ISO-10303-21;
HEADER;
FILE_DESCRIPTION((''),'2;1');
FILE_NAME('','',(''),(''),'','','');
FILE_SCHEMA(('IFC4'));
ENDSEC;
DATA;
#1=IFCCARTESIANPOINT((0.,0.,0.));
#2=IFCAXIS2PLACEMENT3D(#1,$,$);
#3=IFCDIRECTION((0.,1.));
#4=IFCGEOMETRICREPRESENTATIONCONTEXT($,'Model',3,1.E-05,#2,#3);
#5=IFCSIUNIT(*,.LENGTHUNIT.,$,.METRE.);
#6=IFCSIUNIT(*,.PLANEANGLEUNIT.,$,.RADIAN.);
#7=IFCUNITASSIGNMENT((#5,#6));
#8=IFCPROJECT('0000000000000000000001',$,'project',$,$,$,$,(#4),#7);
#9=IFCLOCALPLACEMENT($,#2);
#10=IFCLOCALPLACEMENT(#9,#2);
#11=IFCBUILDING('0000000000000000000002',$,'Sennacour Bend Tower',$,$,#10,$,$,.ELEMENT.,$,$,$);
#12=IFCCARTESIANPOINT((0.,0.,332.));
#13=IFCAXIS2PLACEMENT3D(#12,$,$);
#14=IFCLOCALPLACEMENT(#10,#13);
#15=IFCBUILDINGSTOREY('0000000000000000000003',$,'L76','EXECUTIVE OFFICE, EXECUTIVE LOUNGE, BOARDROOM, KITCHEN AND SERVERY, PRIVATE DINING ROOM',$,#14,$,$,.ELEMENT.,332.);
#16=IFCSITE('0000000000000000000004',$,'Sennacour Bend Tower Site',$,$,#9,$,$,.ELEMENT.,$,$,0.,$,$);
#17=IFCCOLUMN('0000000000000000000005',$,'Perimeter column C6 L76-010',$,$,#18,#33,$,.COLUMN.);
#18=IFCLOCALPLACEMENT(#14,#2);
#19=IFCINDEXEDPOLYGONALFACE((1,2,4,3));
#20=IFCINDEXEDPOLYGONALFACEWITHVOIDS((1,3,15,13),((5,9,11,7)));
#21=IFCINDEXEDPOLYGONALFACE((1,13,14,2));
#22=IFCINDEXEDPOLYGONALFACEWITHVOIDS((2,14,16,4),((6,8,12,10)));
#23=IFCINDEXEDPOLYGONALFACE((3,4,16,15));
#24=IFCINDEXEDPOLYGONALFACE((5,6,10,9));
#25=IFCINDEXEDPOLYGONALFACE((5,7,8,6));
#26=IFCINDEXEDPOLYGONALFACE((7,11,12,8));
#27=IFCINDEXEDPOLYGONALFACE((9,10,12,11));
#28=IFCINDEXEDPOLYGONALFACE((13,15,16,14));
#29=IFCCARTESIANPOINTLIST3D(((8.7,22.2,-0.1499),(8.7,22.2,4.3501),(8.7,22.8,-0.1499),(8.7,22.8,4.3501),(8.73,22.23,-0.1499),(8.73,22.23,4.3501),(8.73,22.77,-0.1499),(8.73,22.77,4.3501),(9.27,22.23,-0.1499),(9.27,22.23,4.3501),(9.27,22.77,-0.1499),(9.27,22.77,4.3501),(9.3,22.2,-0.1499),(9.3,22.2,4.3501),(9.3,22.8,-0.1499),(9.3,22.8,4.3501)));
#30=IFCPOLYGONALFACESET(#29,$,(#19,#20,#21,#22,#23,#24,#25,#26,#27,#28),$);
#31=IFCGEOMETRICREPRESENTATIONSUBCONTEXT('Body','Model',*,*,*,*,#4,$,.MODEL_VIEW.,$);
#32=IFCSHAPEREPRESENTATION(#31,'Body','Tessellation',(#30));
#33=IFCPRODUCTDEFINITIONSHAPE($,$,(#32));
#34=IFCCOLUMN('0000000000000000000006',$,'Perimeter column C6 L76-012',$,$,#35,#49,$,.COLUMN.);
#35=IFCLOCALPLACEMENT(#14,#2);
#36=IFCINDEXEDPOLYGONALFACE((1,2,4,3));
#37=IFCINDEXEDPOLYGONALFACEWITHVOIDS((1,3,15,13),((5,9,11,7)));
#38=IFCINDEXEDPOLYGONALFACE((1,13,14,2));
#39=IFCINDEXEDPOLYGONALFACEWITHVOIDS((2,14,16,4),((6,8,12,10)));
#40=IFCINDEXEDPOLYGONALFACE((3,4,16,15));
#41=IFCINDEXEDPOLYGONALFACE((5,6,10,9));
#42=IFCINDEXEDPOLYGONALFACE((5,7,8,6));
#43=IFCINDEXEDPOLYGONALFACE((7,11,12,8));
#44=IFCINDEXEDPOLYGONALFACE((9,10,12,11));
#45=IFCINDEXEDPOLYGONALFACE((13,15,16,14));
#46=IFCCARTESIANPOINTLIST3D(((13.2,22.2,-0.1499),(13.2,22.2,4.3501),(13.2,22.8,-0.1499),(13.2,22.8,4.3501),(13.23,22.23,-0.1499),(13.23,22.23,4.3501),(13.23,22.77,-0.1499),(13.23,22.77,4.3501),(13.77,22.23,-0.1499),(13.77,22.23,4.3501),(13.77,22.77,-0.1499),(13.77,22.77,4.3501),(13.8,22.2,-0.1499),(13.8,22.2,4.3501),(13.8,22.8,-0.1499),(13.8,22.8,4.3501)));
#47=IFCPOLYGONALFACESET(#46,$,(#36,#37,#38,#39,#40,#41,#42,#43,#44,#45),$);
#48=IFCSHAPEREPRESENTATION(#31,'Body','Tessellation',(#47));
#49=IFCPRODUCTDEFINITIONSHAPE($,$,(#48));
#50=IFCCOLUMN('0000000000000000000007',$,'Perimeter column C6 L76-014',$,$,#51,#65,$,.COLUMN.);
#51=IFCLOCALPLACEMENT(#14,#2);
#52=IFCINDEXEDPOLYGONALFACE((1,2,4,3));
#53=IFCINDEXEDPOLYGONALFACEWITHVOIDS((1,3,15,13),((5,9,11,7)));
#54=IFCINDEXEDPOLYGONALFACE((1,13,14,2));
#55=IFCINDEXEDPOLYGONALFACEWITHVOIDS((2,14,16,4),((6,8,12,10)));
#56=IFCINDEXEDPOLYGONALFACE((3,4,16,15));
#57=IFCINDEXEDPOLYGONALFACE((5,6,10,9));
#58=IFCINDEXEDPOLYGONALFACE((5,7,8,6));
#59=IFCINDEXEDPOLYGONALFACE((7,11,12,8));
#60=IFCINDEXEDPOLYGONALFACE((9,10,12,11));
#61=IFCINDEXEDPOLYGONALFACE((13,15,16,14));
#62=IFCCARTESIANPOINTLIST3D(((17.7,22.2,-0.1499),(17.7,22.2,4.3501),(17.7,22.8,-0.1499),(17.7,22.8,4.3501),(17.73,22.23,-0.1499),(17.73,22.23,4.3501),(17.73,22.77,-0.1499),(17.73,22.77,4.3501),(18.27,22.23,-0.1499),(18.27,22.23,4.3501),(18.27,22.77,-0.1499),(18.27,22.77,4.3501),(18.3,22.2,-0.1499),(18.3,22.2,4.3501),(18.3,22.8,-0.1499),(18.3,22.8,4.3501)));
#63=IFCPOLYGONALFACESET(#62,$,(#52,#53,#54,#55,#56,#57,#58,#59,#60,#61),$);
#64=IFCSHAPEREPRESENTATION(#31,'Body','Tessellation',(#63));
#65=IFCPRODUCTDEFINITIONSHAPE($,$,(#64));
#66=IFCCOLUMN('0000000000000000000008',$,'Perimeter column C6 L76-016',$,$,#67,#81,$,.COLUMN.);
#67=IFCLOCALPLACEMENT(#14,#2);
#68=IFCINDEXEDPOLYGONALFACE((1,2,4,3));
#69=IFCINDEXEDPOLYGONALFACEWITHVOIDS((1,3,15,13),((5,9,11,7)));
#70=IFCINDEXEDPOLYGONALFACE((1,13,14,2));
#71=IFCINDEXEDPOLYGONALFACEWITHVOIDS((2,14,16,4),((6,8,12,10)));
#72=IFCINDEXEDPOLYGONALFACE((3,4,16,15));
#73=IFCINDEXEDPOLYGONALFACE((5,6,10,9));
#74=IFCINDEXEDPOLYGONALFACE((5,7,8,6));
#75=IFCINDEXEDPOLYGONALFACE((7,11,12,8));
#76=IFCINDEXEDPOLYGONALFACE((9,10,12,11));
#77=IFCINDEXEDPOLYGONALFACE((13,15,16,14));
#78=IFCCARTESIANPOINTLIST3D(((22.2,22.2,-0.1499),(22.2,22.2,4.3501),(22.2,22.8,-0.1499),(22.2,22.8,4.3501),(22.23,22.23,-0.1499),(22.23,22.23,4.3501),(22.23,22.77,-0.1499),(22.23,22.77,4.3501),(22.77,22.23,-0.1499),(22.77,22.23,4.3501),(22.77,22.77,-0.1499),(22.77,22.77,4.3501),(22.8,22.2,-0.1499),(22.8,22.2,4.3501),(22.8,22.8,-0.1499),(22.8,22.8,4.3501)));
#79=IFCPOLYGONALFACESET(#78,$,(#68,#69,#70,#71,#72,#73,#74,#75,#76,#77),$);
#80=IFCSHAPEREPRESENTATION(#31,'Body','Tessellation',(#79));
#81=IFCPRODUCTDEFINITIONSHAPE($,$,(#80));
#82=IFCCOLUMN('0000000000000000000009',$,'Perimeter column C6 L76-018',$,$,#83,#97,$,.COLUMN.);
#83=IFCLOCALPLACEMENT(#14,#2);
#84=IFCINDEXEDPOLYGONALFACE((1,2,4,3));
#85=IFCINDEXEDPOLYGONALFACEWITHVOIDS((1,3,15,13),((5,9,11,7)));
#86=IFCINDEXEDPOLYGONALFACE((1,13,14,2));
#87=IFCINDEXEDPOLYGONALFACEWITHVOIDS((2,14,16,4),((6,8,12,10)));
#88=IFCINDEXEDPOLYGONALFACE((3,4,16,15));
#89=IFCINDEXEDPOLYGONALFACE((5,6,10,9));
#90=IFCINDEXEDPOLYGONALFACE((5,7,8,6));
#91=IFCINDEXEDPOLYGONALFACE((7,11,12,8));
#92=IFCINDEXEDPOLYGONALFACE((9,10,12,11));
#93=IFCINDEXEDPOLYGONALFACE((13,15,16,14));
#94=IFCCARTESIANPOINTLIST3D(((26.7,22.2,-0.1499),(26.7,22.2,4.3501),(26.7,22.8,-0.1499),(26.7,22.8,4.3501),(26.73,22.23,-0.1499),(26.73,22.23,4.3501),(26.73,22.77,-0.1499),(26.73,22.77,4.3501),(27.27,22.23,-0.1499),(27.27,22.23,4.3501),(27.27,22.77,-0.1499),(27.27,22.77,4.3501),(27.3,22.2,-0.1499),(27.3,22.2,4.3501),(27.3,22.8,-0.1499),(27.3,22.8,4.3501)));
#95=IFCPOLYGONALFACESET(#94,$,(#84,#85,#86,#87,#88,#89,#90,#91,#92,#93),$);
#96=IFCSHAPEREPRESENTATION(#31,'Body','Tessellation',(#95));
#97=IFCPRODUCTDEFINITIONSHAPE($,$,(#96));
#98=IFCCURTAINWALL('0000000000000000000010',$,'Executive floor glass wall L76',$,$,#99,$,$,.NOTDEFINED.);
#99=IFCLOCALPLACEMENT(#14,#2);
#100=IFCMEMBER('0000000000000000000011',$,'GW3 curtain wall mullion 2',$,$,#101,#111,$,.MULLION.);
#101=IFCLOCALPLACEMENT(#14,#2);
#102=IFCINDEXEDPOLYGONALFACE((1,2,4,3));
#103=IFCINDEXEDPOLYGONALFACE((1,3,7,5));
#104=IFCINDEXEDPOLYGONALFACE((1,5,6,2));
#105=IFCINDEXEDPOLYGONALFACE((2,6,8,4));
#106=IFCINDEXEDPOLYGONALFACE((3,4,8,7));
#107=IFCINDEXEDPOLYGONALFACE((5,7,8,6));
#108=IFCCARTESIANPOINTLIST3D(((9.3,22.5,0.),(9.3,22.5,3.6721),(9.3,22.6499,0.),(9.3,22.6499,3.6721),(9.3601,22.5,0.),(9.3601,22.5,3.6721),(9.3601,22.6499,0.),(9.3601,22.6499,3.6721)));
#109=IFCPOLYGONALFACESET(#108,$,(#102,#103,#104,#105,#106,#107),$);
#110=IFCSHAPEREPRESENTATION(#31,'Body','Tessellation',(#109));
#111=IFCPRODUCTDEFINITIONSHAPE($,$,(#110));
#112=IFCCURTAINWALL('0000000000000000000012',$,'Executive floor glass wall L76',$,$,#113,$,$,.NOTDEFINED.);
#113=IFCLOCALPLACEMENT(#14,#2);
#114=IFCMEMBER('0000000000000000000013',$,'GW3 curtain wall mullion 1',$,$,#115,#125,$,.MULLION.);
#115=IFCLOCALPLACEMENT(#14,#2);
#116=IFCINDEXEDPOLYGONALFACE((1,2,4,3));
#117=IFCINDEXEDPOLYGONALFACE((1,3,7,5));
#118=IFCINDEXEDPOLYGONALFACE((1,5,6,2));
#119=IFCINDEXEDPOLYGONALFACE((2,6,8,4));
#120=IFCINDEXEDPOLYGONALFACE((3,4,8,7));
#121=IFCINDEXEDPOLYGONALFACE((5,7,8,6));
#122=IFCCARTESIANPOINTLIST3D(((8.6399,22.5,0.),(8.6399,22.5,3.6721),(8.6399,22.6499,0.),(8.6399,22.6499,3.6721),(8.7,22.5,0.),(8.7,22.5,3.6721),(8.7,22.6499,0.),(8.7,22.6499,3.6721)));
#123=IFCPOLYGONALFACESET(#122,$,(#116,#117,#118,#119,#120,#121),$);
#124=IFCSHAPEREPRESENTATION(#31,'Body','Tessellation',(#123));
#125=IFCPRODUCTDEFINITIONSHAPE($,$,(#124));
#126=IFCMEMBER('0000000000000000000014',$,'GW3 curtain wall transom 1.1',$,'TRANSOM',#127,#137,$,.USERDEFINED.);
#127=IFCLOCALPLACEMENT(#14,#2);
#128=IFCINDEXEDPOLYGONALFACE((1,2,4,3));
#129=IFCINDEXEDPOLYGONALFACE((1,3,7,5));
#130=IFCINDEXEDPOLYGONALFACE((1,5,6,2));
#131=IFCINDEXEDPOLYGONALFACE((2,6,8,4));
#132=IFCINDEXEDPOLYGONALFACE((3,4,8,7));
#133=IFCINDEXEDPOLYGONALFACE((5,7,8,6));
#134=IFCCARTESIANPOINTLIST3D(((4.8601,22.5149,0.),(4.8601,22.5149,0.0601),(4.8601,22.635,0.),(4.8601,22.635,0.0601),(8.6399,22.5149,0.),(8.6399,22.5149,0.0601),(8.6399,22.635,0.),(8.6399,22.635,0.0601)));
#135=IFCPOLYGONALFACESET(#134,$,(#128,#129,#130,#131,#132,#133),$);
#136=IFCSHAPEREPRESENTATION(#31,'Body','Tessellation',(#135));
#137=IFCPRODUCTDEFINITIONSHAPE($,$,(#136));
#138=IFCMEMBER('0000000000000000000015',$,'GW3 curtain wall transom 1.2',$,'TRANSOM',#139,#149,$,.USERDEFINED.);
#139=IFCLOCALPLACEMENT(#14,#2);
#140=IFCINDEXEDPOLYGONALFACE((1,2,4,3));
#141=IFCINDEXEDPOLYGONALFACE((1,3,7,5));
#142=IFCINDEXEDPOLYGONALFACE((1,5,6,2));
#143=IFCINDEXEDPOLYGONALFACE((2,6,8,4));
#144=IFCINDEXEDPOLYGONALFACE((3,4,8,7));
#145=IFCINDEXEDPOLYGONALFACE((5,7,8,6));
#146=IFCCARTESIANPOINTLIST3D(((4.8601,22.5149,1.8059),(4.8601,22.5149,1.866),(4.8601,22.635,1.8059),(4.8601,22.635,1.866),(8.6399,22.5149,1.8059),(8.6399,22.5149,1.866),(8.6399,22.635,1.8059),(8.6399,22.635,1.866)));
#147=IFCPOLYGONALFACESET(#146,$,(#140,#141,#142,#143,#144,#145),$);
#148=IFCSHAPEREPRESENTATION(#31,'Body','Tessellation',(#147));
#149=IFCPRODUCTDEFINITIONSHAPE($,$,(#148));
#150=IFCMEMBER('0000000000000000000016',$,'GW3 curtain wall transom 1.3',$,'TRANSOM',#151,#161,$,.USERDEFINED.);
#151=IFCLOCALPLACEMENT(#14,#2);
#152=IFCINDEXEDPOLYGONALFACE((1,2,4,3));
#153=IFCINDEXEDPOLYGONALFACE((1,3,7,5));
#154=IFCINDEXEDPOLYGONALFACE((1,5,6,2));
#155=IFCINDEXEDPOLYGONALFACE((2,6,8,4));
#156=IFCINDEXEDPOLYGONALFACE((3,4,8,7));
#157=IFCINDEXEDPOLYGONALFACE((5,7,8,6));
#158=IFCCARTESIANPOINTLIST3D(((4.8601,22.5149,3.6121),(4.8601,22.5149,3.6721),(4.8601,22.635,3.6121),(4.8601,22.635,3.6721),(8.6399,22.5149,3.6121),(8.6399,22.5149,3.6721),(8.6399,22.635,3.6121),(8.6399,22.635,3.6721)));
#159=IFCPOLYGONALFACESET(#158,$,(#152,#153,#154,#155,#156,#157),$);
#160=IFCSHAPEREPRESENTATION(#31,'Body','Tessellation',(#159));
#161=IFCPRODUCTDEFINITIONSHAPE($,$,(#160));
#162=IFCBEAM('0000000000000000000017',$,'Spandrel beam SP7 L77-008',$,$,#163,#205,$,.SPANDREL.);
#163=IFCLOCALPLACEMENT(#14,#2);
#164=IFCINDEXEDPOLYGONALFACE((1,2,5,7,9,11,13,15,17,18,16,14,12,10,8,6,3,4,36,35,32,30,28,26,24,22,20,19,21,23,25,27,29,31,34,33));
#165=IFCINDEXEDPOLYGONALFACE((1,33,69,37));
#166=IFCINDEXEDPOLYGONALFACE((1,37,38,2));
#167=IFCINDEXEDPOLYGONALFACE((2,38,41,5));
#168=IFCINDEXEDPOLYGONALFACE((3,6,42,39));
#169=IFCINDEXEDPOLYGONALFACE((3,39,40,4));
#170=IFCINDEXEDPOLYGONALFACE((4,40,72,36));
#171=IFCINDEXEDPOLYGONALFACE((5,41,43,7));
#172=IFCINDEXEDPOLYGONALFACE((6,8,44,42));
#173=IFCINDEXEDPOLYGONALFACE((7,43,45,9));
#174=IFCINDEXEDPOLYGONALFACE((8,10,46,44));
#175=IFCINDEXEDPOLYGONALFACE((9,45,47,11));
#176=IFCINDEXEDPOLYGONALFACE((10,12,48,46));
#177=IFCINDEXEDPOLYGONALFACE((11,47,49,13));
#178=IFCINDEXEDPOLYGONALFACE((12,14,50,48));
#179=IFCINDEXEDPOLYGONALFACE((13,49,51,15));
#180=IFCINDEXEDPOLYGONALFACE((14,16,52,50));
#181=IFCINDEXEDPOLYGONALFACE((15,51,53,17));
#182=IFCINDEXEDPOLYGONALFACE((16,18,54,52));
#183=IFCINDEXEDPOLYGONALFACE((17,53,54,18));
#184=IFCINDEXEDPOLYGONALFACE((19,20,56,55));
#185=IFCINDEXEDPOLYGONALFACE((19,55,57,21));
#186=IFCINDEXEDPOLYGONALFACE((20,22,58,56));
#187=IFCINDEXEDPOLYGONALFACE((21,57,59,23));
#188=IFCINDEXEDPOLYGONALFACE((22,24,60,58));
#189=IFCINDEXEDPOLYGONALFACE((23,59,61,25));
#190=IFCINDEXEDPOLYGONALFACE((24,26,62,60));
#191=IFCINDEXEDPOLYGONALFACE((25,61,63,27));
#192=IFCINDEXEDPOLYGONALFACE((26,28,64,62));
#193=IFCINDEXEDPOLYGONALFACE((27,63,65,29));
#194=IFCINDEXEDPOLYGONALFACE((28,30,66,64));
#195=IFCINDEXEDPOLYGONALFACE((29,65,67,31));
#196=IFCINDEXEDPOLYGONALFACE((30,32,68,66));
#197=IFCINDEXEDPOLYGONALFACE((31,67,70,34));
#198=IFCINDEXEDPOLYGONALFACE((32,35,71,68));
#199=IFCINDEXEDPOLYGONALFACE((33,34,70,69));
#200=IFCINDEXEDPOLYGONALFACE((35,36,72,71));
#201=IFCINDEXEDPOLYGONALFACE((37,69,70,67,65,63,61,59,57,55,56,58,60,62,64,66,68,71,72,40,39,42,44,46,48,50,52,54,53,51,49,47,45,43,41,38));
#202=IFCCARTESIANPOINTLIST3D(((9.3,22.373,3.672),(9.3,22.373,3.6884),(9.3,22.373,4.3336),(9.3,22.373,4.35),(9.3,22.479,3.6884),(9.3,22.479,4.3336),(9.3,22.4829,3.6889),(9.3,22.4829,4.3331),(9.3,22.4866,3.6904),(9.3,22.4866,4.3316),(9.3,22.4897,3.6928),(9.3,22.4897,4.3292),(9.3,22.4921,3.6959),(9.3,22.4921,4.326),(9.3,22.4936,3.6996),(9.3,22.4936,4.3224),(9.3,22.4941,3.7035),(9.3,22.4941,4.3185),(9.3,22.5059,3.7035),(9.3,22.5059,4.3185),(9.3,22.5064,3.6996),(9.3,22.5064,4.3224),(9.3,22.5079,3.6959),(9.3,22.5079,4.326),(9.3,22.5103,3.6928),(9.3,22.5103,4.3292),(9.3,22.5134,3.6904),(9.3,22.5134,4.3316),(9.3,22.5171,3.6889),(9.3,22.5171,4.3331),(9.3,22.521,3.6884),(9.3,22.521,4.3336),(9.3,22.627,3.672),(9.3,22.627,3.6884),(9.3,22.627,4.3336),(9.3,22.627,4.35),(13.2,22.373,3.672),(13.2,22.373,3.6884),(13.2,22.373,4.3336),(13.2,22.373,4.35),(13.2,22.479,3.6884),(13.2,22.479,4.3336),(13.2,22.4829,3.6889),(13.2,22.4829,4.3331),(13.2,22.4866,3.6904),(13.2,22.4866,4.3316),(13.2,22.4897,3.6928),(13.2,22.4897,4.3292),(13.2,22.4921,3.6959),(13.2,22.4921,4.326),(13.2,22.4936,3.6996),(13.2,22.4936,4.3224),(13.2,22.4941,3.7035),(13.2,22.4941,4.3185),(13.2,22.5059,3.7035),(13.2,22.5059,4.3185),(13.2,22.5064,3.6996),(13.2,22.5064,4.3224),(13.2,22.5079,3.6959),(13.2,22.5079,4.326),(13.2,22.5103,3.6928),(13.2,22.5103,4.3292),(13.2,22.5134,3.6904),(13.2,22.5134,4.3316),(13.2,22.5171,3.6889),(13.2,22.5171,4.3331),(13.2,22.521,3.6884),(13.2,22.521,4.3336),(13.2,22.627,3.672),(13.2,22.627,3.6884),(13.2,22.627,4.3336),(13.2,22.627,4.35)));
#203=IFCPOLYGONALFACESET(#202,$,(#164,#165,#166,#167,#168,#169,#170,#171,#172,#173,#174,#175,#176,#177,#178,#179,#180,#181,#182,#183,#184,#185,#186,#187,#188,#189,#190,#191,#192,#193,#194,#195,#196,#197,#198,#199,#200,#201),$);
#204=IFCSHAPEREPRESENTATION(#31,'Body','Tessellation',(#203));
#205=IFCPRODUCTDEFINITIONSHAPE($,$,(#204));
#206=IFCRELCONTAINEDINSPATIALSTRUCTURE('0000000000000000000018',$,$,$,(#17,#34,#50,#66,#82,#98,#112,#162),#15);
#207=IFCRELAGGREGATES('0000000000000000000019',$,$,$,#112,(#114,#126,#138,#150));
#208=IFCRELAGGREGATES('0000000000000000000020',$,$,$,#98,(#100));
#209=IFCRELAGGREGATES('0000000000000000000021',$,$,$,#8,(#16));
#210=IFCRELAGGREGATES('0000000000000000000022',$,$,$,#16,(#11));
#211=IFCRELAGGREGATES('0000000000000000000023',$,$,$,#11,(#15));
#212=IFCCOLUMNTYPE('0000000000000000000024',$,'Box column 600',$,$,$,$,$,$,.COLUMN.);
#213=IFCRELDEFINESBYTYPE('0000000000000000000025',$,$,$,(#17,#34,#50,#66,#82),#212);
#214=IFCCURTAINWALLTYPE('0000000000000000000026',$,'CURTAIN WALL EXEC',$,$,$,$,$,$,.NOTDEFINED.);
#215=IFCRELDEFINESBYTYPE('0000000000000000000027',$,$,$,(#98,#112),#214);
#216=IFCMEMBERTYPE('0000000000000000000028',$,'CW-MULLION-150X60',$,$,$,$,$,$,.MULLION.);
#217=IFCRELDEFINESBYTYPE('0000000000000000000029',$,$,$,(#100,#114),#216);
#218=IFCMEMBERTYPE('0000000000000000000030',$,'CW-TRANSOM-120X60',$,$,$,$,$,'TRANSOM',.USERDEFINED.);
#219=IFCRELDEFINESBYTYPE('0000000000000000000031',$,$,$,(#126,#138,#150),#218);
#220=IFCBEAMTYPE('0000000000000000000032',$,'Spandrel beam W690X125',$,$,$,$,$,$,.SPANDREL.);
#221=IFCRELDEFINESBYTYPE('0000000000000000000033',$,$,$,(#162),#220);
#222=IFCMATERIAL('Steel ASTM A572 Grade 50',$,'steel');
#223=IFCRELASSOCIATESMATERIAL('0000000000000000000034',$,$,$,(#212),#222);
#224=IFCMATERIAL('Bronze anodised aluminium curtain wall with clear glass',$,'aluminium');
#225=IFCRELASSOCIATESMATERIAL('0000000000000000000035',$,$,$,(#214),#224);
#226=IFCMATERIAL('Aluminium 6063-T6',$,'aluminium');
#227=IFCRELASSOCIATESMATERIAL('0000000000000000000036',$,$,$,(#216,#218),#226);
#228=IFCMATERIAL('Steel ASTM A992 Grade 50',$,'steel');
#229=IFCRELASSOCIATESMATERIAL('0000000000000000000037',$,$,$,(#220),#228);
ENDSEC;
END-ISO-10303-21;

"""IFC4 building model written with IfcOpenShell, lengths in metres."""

from ifc_helpers import new_model, si_unit, direction, frame, origin, origin_2d, place, context, subcontext, project, spatial, rectangle, hollow_rectangle, i_section, extrude, material, material_profile, profile_set, type_object, element, aggregate, save


model = new_model("IFC4")

# Units and contexts
model_context = context("Model", 3, precision=1e-05, world=origin(), true_north=direction((0.0, 1.0)))
body_context = subcontext(model_context, "Body", "Model", "MODEL_VIEW")
ifc_project = project(units=[si_unit("LENGTHUNIT", "METRE"), si_unit("PLANEANGLEUNIT", "RADIAN")], contexts=[model_context])

# Site, building, storey
site_placement = place(None, origin())
site = spatial("IfcSite", under=ifc_project, at=site_placement, Name="Sennacour Bend Tower Site", CompositionType="ELEMENT", RefElevation=0.0)
building_placement = place(site_placement, origin())
building = spatial("IfcBuilding", under=site, at=building_placement, Name="Sennacour Bend Tower", CompositionType="ELEMENT")
storey_placement = place(building_placement, frame((0.0, 0.0, 332.0)))
storey = spatial("IfcBuildingStorey", under=building, at=storey_placement, Name="L76", Description="EXECUTIVE OFFICE, EXECUTIVE LOUNGE, BOARDROOM, KITCHEN AND SERVERY, PRIVATE DINING ROOM", CompositionType="ELEMENT", Elevation=332.0)

# Columns
ifc_material_1 = material(Name="Steel ASTM A572 Grade 50", Category="steel")
ifc_material_profile_1 = material_profile(ifc_material_1, hollow_rectangle(XDim=0.6001, YDim=0.6001, WallThickness=0.03, at=origin_2d()), Name="Steel ASTM A572 Grade 50", Category="steel")
ifc_profile_set_1 = profile_set([ifc_material_profile_1], Name="Steel ASTM A572 Grade 50")
column_type = type_object("IfcColumnType", Name="Box column 600", PredefinedType="COLUMN", material=ifc_profile_set_1)
for number, where, z_axis, x_axis, name in (
    (1, (9.0, 22.5, -0.1499), (0.0, 0.0, 1.0), (1.0, 0.0, 0.0), "Perimeter column C6 L76-010"),
    (2, (13.5, 22.5, -0.1499), (0.0, 0.0, 1.0), (1.0, 0.0, 0.0), "Perimeter column C6 L76-012"),
    (3, (18.0, 22.5, -0.1499), (0.0, 0.0, 1.0), (1.0, 0.0, 0.0), "Perimeter column C6 L76-014"),
    (4, (22.5, 22.5, -0.1499), (0.0, 0.0, 1.0), (1.0, 0.0, 0.0), "Perimeter column C6 L76-016"),
    (5, (27.0, 22.5, -0.1499), (0.0, 0.0, 1.0), (1.0, 0.0, 0.0), "Perimeter column C6 L76-018"),
):
    element("IfcColumn", number, at=place(storey_placement, frame(where, z_axis=z_axis, x_axis=x_axis)), inside=storey, type_object=column_type, Name=name, PredefinedType="COLUMN", context=body_context, shape_type="SweptSolid", body=[
        extrude(hollow_rectangle(XDim=0.6001, YDim=0.6001, WallThickness=0.03, at=origin_2d()), origin(), (0.0, 0.0, 1.0), 4.5),
    ])

# Curtain wall, member
ifc_material_2 = material(Name="Bronze anodised aluminium curtain wall with clear glass", Category="aluminium")
curtain_wall_type = type_object("IfcCurtainWallType", Name="CURTAIN WALL EXEC", PredefinedType="NOTDEFINED", material=ifc_material_2)
curtain_wall_1_placement = place(storey_placement, origin())
curtain_wall_1 = element("IfcCurtainWall", 6, at=curtain_wall_1_placement, inside=storey, type_object=curtain_wall_type, Name="Executive floor glass wall L76", PredefinedType="NOTDEFINED")
ifc_material_3 = material(Name="Aluminium 6063-T6", Category="aluminium")
ifc_material_profile_2 = material_profile(ifc_material_3, rectangle(XDim=0.1499, YDim=0.0601, at=origin_2d()), Name="Aluminium 6063-T6", Category="aluminium")
ifc_profile_set_2 = profile_set([ifc_material_profile_2], Name="Aluminium 6063-T6")
member_type_1 = type_object("IfcMemberType", Name="CW-MULLION-150X60", PredefinedType="MULLION", material=ifc_profile_set_2)
member_1_placement = place(storey_placement, frame((9.3301, 22.575, 0.0), z_axis=(0.0, 0.0, 1.0), x_axis=(0.0, -1.0, 0.0)))
member_1 = element("IfcMember", 7, at=member_1_placement, type_object=member_type_1, Name="GW3 curtain wall mullion 2", PredefinedType="MULLION", context=body_context, shape_type="SweptSolid", body=[
    extrude(rectangle(XDim=0.1499, YDim=0.0601, at=origin_2d()), origin(), (0.0, 0.0, 1.0), 3.6721),
])

# Curtain wall, members
curtain_wall_2_placement = place(storey_placement, origin())
curtain_wall_2 = element("IfcCurtainWall", 8, at=curtain_wall_2_placement, inside=storey, type_object=curtain_wall_type, Name="Executive floor glass wall L76", PredefinedType="NOTDEFINED")
member_2_placement = place(storey_placement, frame((8.6699, 22.575, 0.0), z_axis=(0.0, 0.0, 1.0), x_axis=(0.0, -1.0, 0.0)))
member_2 = element("IfcMember", 9, at=member_2_placement, type_object=member_type_1, Name="GW3 curtain wall mullion 1", PredefinedType="MULLION", context=body_context, shape_type="SweptSolid", body=[
    extrude(rectangle(XDim=0.1499, YDim=0.0601, at=origin_2d()), origin(), (0.0, 0.0, 1.0), 3.6721),
])
ifc_material_profile_3 = material_profile(ifc_material_3, rectangle(XDim=0.1201, YDim=0.0601, at=origin_2d()), Name="Aluminium 6063-T6", Category="aluminium")
ifc_profile_set_3 = profile_set([ifc_material_profile_3], Name="Aluminium 6063-T6")
member_type_2 = type_object("IfcMemberType", Name="CW-TRANSOM-120X60", ElementType="TRANSOM", PredefinedType="USERDEFINED", material=ifc_profile_set_3)
member_3_placement = place(storey_placement, frame((8.6399, 22.575, 0.03), z_axis=(-1.0, 0.0, 0.0), x_axis=(0.0, -1.0, 0.0)))
member_3 = element("IfcMember", 10, at=member_3_placement, type_object=member_type_2, Name="GW3 curtain wall transom 1.1", ObjectType="TRANSOM", PredefinedType="USERDEFINED", context=body_context, shape_type="SweptSolid", body=[
    extrude(rectangle(XDim=0.1201, YDim=0.0601, at=origin_2d()), origin(), (0.0, 0.0, 1.0), 3.7798),
])
member_4_placement = place(storey_placement, frame((8.6399, 22.575, 1.8359), z_axis=(-1.0, 0.0, 0.0), x_axis=(0.0, -1.0, 0.0)))
member_4 = element("IfcMember", 11, at=member_4_placement, type_object=member_type_2, Name="GW3 curtain wall transom 1.2", ObjectType="TRANSOM", PredefinedType="USERDEFINED", context=body_context, shape_type="SweptSolid", body=[
    extrude(rectangle(XDim=0.1201, YDim=0.0601, at=origin_2d()), origin(), (0.0, 0.0, 1.0), 3.7798),
])
member_5_placement = place(storey_placement, frame((8.6399, 22.575, 3.6421), z_axis=(-1.0, 0.0, 0.0), x_axis=(0.0, -1.0, 0.0)))
member_5 = element("IfcMember", 12, at=member_5_placement, type_object=member_type_2, Name="GW3 curtain wall transom 1.3", ObjectType="TRANSOM", PredefinedType="USERDEFINED", context=body_context, shape_type="SweptSolid", body=[
    extrude(rectangle(XDim=0.1201, YDim=0.0601, at=origin_2d()), origin(), (0.0, 0.0, 1.0), 3.7798),
])
aggregate(curtain_wall_2, [member_2, member_3, member_4, member_5])

# Beam
ifc_material_4 = material(Name="Steel ASTM A992 Grade 50", Category="steel")
ifc_material_profile_4 = material_profile(ifc_material_4, i_section(OverallWidth=0.2539, OverallDepth=0.678, WebThickness=0.0117, FlangeThickness=0.0164, FilletRadius=0.0151, at=origin_2d()), Name="Steel ASTM A992 Grade 50", Category="steel")
ifc_profile_set_4 = profile_set([ifc_material_profile_4], Name="Steel ASTM A992 Grade 50")
beam_type = type_object("IfcBeamType", Name="Spandrel beam W690X125", PredefinedType="SPANDREL", material=ifc_profile_set_4)
for number, where, z_axis, x_axis, name in (
    (13, (9.3, 22.5, 4.011), (1.0, 0.0, 0.0), (0.0, 1.0, 0.0), "Spandrel beam SP7 L77-008"),
):
    element("IfcBeam", number, at=place(storey_placement, frame(where, z_axis=z_axis, x_axis=x_axis)), inside=storey, type_object=beam_type, Name=name, PredefinedType="SPANDREL", context=body_context, shape_type="SweptSolid", body=[
        extrude(i_section(OverallWidth=0.2539, OverallDepth=0.678, WebThickness=0.0117, FlangeThickness=0.0164, FilletRadius=0.0151, at=origin_2d()), origin(), (0.0, 0.0, 1.0), 3.8999),
    ])

aggregate(curtain_wall_1, [member_1])

save(model, "model.ifc")
